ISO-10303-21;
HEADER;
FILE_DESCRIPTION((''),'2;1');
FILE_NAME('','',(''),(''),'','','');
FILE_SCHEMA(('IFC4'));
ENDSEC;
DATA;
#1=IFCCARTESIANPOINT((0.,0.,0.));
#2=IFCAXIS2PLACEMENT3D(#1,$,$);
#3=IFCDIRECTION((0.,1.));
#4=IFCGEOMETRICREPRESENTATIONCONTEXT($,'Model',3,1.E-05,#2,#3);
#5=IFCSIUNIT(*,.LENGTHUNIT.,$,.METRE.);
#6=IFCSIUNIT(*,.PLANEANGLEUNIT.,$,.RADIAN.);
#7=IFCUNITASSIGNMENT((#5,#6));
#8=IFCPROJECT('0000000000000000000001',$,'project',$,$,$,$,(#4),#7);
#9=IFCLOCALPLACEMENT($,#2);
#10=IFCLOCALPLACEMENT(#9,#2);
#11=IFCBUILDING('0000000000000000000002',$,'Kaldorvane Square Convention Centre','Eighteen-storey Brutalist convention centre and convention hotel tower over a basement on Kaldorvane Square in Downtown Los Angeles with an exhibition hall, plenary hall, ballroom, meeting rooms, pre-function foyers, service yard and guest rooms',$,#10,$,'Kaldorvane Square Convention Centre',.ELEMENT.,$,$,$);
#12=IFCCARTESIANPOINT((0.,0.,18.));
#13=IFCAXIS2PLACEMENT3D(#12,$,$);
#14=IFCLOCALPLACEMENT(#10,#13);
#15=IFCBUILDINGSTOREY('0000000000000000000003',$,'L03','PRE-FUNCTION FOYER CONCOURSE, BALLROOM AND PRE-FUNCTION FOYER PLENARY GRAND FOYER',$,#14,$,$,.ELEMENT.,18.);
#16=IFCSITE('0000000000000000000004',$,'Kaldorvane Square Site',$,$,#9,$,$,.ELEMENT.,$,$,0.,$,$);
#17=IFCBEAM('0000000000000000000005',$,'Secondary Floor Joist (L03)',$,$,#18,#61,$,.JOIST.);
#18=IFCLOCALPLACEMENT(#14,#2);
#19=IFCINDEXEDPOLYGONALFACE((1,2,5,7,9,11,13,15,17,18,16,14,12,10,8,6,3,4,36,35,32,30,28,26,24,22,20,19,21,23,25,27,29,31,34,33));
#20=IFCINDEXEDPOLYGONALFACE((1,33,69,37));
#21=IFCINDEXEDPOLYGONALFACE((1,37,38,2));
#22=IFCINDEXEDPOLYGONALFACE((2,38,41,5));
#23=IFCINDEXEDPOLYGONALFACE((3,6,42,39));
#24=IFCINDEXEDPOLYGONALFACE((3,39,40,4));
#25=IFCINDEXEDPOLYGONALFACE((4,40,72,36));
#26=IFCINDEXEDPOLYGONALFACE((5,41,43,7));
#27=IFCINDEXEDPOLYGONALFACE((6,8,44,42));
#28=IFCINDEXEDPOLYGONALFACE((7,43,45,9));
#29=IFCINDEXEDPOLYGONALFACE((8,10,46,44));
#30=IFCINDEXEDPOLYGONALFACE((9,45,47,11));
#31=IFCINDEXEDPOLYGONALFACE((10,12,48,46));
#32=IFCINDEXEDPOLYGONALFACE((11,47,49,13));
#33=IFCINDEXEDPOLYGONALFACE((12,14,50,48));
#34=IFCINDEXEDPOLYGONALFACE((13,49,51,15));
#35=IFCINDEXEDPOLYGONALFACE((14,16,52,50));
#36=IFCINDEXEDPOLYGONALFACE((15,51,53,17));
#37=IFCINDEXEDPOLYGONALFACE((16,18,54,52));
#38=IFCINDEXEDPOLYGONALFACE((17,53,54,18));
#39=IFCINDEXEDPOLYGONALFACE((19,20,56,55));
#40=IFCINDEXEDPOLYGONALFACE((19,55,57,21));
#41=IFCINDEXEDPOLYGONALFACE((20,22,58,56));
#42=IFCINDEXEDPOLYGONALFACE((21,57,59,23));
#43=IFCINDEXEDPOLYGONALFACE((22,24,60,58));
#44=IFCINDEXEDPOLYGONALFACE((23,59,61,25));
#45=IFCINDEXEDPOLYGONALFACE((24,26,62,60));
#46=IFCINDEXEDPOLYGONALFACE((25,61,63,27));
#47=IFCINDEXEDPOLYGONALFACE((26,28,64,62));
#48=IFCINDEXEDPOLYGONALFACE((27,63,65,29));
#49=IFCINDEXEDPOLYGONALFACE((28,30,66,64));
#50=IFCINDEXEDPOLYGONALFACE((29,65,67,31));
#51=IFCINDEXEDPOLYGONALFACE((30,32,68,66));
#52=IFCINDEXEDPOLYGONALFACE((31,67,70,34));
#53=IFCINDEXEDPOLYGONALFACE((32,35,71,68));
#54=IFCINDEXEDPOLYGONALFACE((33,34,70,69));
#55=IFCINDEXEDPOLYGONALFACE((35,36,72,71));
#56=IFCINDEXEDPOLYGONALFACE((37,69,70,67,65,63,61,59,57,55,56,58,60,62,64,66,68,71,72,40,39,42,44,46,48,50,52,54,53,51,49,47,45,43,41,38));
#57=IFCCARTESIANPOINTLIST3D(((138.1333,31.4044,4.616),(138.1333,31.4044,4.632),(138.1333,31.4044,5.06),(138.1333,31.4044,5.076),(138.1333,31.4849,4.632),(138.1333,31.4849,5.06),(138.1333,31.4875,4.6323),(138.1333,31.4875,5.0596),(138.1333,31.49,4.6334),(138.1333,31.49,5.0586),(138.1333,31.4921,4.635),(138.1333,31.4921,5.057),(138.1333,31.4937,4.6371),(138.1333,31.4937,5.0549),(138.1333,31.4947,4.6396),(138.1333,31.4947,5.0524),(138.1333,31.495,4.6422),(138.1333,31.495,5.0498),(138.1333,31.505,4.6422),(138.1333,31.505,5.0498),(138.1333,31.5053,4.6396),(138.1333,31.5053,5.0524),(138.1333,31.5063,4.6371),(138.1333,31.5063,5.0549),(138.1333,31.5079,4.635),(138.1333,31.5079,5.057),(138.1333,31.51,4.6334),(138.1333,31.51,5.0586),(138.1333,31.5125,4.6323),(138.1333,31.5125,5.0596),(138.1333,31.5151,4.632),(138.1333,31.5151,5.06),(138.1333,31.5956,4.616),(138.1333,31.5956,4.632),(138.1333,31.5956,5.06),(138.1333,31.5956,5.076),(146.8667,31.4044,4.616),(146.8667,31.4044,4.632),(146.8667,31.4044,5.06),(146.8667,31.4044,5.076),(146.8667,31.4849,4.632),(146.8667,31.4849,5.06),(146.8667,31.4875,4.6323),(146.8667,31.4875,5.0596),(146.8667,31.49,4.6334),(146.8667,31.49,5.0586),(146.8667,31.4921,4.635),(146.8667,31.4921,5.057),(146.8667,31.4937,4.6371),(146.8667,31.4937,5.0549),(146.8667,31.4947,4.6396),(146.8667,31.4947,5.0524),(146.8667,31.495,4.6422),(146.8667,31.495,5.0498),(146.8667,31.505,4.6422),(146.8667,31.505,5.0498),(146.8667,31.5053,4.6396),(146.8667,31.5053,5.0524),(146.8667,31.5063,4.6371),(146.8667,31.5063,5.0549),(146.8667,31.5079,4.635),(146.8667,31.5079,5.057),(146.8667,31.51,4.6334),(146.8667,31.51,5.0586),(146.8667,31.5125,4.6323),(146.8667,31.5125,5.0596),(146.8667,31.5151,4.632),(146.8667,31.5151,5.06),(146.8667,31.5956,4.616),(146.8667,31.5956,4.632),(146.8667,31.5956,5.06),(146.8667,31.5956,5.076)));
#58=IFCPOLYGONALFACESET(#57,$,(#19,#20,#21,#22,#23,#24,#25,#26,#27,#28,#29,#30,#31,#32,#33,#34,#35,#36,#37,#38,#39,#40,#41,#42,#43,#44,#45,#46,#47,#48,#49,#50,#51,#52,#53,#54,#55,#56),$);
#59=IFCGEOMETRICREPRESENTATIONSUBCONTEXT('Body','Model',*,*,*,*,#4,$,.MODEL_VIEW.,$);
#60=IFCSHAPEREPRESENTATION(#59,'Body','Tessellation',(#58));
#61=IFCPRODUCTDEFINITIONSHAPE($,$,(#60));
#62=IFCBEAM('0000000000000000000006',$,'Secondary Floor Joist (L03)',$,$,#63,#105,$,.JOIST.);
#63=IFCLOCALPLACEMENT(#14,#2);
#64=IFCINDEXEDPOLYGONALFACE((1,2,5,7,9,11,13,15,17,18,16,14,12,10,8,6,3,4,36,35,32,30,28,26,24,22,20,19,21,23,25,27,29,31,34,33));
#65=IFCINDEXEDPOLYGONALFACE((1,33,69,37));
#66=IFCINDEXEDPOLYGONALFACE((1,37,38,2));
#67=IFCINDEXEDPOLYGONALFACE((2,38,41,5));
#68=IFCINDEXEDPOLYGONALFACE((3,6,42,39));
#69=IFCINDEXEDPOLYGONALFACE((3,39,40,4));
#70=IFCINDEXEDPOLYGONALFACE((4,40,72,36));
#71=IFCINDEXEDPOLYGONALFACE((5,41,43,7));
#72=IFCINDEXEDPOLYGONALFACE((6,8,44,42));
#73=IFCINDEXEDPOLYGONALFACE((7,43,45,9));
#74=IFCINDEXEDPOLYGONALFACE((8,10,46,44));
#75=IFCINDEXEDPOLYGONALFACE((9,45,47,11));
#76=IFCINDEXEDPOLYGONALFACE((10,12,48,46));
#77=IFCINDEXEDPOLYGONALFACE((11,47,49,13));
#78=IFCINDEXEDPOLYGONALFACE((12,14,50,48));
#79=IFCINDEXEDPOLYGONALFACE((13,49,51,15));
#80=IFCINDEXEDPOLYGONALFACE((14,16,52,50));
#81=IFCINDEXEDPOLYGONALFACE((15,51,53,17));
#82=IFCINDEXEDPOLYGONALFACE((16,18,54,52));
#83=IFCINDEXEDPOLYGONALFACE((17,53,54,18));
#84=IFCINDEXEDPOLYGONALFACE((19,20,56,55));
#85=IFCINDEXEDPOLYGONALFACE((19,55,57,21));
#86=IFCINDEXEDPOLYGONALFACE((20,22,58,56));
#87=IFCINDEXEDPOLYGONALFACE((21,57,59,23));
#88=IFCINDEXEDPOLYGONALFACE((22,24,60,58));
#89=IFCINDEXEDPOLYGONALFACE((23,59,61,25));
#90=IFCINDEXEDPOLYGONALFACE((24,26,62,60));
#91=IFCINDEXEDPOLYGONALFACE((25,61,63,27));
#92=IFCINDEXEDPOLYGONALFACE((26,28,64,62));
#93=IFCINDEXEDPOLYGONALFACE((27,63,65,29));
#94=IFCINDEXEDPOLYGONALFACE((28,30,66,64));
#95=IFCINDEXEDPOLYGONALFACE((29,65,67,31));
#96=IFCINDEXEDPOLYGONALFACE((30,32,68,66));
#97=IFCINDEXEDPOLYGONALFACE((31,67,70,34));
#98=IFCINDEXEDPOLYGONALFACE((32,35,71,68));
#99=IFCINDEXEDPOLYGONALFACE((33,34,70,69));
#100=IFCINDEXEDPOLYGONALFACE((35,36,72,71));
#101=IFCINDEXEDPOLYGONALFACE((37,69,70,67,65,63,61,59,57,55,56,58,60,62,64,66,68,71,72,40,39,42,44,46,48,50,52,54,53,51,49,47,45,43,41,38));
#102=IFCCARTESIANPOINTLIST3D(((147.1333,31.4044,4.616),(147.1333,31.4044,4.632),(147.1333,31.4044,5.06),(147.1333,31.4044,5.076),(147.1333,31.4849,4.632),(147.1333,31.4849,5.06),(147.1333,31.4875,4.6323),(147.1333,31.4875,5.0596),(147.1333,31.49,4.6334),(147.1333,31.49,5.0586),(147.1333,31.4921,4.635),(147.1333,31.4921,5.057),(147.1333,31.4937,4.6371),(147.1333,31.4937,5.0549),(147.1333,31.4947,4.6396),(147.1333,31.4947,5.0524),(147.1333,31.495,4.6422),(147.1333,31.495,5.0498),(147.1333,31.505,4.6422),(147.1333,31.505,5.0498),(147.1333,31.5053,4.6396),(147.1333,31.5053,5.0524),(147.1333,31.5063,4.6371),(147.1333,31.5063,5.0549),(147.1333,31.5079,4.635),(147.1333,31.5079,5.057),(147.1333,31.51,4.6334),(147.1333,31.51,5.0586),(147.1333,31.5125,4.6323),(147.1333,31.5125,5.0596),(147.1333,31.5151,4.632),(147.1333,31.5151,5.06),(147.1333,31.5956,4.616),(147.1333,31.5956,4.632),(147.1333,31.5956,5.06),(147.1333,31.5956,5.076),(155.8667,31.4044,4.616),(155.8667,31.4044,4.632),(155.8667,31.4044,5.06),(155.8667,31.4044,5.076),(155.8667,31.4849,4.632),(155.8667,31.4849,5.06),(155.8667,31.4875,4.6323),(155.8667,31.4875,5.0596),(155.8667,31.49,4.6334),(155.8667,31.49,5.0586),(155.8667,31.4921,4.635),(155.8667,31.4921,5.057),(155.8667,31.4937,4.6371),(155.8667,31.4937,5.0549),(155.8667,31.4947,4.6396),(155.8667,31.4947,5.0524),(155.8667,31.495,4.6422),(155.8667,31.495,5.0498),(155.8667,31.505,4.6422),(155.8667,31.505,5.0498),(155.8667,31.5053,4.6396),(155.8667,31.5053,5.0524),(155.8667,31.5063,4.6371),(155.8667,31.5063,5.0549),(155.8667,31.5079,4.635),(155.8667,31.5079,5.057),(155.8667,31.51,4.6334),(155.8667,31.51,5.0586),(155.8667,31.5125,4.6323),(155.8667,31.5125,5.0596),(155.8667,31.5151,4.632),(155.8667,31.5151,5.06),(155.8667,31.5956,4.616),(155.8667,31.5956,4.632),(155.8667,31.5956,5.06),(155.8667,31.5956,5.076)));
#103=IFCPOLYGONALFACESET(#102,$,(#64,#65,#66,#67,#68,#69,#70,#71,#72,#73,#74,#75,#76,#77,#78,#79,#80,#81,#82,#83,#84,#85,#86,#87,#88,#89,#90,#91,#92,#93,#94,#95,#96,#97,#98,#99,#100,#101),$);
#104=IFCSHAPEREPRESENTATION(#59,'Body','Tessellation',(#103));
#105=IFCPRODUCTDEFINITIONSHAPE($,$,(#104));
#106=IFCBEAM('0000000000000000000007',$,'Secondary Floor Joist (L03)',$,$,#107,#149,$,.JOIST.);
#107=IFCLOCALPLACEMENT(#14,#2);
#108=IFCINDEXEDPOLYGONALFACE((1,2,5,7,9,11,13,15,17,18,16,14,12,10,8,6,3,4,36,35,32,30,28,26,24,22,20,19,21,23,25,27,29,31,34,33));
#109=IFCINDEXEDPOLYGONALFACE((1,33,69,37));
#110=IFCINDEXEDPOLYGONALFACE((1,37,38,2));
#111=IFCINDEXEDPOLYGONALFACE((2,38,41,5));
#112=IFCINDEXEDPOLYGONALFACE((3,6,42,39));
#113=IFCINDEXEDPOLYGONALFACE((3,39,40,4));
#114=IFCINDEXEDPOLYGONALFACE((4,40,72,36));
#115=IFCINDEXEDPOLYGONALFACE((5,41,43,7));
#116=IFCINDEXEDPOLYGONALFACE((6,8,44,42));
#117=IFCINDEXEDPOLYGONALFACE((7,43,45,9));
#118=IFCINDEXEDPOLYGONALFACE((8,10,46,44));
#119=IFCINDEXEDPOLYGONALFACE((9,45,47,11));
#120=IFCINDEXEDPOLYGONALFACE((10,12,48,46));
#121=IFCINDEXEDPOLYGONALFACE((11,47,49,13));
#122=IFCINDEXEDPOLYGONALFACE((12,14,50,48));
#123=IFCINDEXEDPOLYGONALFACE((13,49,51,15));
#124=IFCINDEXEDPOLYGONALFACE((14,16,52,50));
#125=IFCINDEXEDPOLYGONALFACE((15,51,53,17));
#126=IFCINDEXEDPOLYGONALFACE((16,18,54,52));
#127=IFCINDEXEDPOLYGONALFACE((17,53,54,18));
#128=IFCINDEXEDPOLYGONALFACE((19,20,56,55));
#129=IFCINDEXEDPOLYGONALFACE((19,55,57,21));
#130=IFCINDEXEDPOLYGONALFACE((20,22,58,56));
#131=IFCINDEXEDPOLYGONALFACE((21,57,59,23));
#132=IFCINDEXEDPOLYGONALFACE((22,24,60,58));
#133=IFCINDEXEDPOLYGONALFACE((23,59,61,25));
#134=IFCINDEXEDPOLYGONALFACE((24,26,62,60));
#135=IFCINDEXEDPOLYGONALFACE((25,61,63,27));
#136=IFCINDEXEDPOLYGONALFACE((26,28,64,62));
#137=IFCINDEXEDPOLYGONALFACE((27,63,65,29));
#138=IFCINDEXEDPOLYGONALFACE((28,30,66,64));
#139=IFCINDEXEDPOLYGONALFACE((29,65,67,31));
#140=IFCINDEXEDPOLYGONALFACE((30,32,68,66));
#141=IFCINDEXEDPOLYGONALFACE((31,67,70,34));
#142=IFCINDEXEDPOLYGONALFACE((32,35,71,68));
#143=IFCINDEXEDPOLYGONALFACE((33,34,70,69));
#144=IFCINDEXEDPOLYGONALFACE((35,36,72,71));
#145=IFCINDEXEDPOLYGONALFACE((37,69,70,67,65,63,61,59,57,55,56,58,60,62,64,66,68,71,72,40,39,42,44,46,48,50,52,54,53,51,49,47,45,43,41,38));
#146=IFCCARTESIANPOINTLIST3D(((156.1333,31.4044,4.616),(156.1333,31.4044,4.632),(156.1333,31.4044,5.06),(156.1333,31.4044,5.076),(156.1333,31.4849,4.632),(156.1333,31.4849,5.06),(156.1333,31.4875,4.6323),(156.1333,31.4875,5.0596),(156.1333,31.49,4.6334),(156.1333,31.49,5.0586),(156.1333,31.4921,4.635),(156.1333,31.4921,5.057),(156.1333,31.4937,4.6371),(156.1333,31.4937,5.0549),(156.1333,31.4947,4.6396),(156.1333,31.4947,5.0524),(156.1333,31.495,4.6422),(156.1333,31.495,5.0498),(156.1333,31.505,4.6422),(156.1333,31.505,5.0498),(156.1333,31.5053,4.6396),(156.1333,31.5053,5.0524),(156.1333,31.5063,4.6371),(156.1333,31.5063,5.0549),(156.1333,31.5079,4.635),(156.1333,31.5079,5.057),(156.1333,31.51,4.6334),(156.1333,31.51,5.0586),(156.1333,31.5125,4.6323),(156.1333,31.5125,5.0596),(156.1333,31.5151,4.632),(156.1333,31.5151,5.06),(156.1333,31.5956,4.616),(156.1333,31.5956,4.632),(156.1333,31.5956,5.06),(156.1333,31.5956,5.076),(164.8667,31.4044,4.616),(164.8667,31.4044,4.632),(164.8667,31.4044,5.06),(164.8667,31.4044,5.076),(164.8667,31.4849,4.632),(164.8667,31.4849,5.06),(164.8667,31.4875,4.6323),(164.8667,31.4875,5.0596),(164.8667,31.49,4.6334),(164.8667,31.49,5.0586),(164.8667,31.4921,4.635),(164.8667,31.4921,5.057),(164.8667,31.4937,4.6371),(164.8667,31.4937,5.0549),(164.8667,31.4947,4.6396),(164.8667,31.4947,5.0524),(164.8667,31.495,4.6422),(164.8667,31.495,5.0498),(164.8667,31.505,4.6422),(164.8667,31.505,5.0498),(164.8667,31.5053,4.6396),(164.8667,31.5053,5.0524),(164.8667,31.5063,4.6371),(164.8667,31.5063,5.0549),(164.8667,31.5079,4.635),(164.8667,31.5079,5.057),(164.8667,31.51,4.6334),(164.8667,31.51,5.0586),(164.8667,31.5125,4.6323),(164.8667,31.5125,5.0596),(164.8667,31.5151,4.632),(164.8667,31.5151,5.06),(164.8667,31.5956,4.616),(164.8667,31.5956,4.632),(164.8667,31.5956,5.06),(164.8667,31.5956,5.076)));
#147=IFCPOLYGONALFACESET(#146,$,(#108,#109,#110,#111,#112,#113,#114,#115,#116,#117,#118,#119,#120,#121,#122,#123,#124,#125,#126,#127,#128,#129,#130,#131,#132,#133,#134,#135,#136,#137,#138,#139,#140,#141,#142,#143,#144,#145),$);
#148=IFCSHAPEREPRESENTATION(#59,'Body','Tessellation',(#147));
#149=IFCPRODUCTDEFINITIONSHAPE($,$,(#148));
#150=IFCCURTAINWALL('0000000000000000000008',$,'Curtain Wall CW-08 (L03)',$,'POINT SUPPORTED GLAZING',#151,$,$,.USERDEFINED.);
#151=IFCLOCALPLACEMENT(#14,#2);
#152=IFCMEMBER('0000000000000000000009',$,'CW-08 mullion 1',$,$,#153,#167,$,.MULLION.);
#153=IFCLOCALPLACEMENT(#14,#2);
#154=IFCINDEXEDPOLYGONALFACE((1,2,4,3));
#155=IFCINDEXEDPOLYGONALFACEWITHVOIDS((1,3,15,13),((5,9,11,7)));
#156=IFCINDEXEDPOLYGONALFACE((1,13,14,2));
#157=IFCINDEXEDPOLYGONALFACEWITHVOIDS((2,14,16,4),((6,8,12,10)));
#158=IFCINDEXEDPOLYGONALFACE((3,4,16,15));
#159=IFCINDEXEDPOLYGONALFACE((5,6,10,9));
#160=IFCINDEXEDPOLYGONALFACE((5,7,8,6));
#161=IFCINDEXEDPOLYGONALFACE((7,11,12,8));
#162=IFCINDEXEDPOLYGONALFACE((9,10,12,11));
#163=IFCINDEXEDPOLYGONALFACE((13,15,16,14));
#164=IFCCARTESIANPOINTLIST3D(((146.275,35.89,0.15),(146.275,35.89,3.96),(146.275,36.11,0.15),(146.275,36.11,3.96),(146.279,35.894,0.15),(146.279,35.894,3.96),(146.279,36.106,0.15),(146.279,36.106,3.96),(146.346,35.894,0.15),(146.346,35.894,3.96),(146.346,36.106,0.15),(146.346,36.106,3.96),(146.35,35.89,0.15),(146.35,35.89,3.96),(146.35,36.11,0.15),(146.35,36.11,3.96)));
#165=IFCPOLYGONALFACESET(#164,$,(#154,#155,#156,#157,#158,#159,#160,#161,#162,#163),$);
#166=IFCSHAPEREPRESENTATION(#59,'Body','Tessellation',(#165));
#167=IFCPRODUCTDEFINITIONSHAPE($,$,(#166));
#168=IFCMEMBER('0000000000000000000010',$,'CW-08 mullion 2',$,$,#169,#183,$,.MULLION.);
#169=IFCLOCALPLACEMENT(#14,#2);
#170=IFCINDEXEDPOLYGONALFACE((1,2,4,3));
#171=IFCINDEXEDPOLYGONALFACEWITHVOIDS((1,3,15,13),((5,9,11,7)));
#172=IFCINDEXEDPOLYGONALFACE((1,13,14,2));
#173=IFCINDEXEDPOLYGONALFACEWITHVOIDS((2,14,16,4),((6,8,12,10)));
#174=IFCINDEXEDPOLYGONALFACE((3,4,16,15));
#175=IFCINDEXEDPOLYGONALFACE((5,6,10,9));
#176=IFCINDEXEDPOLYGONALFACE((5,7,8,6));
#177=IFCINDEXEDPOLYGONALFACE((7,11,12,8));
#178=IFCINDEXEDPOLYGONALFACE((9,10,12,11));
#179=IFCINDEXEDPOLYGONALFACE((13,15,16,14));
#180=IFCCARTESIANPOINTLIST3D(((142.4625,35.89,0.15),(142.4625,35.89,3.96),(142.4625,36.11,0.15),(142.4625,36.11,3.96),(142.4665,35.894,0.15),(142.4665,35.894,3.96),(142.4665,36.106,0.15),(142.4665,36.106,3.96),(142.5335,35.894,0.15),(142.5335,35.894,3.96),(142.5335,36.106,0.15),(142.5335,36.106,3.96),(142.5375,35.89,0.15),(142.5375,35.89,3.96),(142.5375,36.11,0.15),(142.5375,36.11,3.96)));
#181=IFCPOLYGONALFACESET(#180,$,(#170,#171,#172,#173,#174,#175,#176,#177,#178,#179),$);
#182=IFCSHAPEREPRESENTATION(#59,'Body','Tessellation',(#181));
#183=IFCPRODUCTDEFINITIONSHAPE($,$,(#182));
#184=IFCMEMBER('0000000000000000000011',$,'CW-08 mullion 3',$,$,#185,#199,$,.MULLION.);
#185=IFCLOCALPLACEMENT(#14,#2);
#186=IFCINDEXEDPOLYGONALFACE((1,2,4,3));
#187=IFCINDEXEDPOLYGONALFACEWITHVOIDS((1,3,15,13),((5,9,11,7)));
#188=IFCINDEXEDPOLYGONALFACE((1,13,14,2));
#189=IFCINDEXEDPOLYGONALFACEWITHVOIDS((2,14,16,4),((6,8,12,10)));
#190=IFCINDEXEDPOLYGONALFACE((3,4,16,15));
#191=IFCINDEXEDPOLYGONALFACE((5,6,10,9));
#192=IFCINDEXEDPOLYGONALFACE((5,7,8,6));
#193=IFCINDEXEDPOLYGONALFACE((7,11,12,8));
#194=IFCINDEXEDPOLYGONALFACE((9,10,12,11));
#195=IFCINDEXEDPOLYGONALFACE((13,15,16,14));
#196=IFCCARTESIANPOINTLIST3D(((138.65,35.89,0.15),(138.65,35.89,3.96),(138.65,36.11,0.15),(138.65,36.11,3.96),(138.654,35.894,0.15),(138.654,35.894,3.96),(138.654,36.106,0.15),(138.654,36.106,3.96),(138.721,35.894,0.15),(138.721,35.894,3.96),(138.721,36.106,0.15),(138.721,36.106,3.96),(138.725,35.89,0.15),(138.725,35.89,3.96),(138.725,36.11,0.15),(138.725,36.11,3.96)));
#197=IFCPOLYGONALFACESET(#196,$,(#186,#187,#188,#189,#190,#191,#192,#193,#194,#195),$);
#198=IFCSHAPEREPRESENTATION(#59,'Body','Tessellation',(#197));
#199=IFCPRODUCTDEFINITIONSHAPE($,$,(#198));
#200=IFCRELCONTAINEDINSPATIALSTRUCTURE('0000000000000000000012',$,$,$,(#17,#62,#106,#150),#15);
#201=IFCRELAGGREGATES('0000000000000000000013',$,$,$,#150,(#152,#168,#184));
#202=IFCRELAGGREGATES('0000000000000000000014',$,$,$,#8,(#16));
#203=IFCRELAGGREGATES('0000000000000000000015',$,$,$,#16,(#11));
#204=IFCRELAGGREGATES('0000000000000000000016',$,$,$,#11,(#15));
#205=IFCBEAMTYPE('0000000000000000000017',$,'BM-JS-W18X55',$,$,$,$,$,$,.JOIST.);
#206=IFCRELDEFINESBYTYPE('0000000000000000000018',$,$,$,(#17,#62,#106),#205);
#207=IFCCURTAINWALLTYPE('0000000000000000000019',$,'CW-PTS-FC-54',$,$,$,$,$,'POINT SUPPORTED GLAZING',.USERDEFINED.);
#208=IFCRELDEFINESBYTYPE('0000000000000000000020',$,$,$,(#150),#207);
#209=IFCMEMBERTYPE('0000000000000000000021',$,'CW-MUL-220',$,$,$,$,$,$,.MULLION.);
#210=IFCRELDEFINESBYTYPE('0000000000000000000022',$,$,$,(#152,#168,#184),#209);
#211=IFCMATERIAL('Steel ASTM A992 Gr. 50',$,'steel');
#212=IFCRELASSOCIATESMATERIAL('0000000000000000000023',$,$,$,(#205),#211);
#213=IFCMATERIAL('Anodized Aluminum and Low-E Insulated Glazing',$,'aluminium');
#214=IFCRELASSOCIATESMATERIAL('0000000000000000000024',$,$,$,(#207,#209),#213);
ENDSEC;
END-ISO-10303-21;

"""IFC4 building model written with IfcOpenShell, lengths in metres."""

from ifc_helpers import new_model, si_unit, direction, frame, origin, origin_2d, place, context, subcontext, project, spatial, hollow_rectangle, i_section, extrude, material, material_profile, profile_set, type_object, element, aggregate, save


model = new_model("IFC4")

# Units and contexts
model_context = context("Model", 3, precision=1e-05, world=origin(), true_north=direction((0.0, 1.0)))
body_context = subcontext(model_context, "Body", "Model", "MODEL_VIEW")
ifc_project = project(units=[si_unit("LENGTHUNIT", "METRE"), si_unit("PLANEANGLEUNIT", "RADIAN")], contexts=[model_context])

# Site, building, storey
site_placement = place(None, origin())
site = spatial("IfcSite", under=ifc_project, at=site_placement, Name="Kaldorvane Square Site", CompositionType="ELEMENT", RefElevation=0.0)
building_placement = place(site_placement, origin())
building = spatial("IfcBuilding", under=site, at=building_placement, Name="Kaldorvane Square Convention Centre", Description="Eighteen-storey Brutalist convention centre and convention hotel tower over a basement on Kaldorvane Square in Downtown Los Angeles with an exhibition hall, plenary hall, ballroom, meeting rooms, pre-function foyers, service yard and guest rooms", LongName="Kaldorvane Square Convention Centre", CompositionType="ELEMENT")
storey_placement = place(building_placement, frame((0.0, 0.0, 18.0)))
storey = spatial("IfcBuildingStorey", under=building, at=storey_placement, Name="L03", Description="PRE-FUNCTION FOYER CONCOURSE, BALLROOM AND PRE-FUNCTION FOYER PLENARY GRAND FOYER", CompositionType="ELEMENT", Elevation=18.0)

# Shared definitions
ifc_material_1 = material(Name="Steel ASTM A992 Gr. 50", Category="steel")

# Beams
ifc_material_profile_1 = material_profile(ifc_material_1, i_section(OverallWidth=0.1913, OverallDepth=0.46, WebThickness=0.0099, FlangeThickness=0.016, FilletRadius=0.0102, at=origin_2d()), Name="W18X55")
ifc_profile_set_1 = profile_set([ifc_material_profile_1], Name="Steel ASTM A992 Gr. 50")
beam_type_1 = type_object("IfcBeamType", Name="BM-JS-W18X55", PredefinedType="JOIST", material=ifc_profile_set_1)
for number, where, z_axis, x_axis, name in (
    (1, (138.1333, 31.5, 4.846), (1.0, 0.0, 0.0), (0.0, 1.0, 0.0), "Secondary Floor Joist (L03)"),
    (2, (147.1333, 31.5, 4.846), (1.0, 0.0, 0.0), (0.0, 1.0, 0.0), "Secondary Floor Joist (L03)"),
    (3, (156.1333, 31.5, 4.846), (1.0, 0.0, 0.0), (0.0, 1.0, 0.0), "Secondary Floor Joist (L03)"),
):
    element("IfcBeam", number, at=place(storey_placement, frame(where, z_axis=z_axis, x_axis=x_axis)), inside=storey, type_object=beam_type_1, Name=name, PredefinedType="JOIST", context=body_context, shape_type="SweptSolid", body=[
        extrude(i_section(OverallWidth=0.1913, OverallDepth=0.46, WebThickness=0.0099, FlangeThickness=0.016, FilletRadius=0.0102, at=origin_2d()), origin(), (0.0, 0.0, 1.0), 8.7334),
    ])

# Curtain wall, members
ifc_material_2 = material(Name="Anodized Aluminum and Low-E Insulated Glazing", Category="aluminium")
curtain_wall_type = type_object("IfcCurtainWallType", Name="CW-PTS-FC-54", ElementType="POINT SUPPORTED GLAZING", PredefinedType="USERDEFINED", material=ifc_material_2)
curtain_wall_placement = place(storey_placement, origin())
curtain_wall = element("IfcCurtainWall", 4, at=curtain_wall_placement, inside=storey, type_object=curtain_wall_type, Name="Curtain Wall CW-08 (L03)", ObjectType="POINT SUPPORTED GLAZING", PredefinedType="USERDEFINED")
ifc_material_profile_2 = material_profile(ifc_material_2, hollow_rectangle(XDim=0.075, YDim=0.22, WallThickness=0.004, at=origin_2d()), Name="CWM-220X75")
ifc_profile_set_2 = profile_set([ifc_material_profile_2], Name="Anodized Aluminum and Low-E Insulated Glazing")
member_type_1 = type_object("IfcMemberType", Name="CW-MUL-220", PredefinedType="MULLION", material=ifc_profile_set_2)
member_1_placement = place(storey_placement, frame((146.3125, 36.0, 0.15), z_axis=(0.0, 0.0, 1.0), x_axis=(-1.0, 0.0, 0.0)))
member_1 = element("IfcMember", 5, at=member_1_placement, type_object=member_type_1, Name="CW-08 mullion 1", PredefinedType="MULLION", context=body_context, shape_type="SweptSolid", body=[
    extrude(hollow_rectangle(XDim=0.075, YDim=0.22, WallThickness=0.004, at=origin_2d()), origin(), (0.0, 0.0, 1.0), 3.81),
])
member_2_placement = place(storey_placement, frame((142.5, 36.0, 0.15), z_axis=(0.0, 0.0, 1.0), x_axis=(-1.0, 0.0, 0.0)))
member_2 = element("IfcMember", 6, at=member_2_placement, type_object=member_type_1, Name="CW-08 mullion 2", PredefinedType="MULLION", context=body_context, shape_type="SweptSolid", body=[
    extrude(hollow_rectangle(XDim=0.075, YDim=0.22, WallThickness=0.004, at=origin_2d()), origin(), (0.0, 0.0, 1.0), 3.81),
])
member_3_placement = place(storey_placement, frame((138.6875, 36.0, 0.15), z_axis=(0.0, 0.0, 1.0), x_axis=(-1.0, 0.0, 0.0)))
member_3 = element("IfcMember", 7, at=member_3_placement, type_object=member_type_1, Name="CW-08 mullion 3", PredefinedType="MULLION", context=body_context, shape_type="SweptSolid", body=[
    extrude(hollow_rectangle(XDim=0.075, YDim=0.22, WallThickness=0.004, at=origin_2d()), origin(), (0.0, 0.0, 1.0), 3.81),
])
aggregate(curtain_wall, [member_1, member_2, member_3])

save(model, "model.ifc")
